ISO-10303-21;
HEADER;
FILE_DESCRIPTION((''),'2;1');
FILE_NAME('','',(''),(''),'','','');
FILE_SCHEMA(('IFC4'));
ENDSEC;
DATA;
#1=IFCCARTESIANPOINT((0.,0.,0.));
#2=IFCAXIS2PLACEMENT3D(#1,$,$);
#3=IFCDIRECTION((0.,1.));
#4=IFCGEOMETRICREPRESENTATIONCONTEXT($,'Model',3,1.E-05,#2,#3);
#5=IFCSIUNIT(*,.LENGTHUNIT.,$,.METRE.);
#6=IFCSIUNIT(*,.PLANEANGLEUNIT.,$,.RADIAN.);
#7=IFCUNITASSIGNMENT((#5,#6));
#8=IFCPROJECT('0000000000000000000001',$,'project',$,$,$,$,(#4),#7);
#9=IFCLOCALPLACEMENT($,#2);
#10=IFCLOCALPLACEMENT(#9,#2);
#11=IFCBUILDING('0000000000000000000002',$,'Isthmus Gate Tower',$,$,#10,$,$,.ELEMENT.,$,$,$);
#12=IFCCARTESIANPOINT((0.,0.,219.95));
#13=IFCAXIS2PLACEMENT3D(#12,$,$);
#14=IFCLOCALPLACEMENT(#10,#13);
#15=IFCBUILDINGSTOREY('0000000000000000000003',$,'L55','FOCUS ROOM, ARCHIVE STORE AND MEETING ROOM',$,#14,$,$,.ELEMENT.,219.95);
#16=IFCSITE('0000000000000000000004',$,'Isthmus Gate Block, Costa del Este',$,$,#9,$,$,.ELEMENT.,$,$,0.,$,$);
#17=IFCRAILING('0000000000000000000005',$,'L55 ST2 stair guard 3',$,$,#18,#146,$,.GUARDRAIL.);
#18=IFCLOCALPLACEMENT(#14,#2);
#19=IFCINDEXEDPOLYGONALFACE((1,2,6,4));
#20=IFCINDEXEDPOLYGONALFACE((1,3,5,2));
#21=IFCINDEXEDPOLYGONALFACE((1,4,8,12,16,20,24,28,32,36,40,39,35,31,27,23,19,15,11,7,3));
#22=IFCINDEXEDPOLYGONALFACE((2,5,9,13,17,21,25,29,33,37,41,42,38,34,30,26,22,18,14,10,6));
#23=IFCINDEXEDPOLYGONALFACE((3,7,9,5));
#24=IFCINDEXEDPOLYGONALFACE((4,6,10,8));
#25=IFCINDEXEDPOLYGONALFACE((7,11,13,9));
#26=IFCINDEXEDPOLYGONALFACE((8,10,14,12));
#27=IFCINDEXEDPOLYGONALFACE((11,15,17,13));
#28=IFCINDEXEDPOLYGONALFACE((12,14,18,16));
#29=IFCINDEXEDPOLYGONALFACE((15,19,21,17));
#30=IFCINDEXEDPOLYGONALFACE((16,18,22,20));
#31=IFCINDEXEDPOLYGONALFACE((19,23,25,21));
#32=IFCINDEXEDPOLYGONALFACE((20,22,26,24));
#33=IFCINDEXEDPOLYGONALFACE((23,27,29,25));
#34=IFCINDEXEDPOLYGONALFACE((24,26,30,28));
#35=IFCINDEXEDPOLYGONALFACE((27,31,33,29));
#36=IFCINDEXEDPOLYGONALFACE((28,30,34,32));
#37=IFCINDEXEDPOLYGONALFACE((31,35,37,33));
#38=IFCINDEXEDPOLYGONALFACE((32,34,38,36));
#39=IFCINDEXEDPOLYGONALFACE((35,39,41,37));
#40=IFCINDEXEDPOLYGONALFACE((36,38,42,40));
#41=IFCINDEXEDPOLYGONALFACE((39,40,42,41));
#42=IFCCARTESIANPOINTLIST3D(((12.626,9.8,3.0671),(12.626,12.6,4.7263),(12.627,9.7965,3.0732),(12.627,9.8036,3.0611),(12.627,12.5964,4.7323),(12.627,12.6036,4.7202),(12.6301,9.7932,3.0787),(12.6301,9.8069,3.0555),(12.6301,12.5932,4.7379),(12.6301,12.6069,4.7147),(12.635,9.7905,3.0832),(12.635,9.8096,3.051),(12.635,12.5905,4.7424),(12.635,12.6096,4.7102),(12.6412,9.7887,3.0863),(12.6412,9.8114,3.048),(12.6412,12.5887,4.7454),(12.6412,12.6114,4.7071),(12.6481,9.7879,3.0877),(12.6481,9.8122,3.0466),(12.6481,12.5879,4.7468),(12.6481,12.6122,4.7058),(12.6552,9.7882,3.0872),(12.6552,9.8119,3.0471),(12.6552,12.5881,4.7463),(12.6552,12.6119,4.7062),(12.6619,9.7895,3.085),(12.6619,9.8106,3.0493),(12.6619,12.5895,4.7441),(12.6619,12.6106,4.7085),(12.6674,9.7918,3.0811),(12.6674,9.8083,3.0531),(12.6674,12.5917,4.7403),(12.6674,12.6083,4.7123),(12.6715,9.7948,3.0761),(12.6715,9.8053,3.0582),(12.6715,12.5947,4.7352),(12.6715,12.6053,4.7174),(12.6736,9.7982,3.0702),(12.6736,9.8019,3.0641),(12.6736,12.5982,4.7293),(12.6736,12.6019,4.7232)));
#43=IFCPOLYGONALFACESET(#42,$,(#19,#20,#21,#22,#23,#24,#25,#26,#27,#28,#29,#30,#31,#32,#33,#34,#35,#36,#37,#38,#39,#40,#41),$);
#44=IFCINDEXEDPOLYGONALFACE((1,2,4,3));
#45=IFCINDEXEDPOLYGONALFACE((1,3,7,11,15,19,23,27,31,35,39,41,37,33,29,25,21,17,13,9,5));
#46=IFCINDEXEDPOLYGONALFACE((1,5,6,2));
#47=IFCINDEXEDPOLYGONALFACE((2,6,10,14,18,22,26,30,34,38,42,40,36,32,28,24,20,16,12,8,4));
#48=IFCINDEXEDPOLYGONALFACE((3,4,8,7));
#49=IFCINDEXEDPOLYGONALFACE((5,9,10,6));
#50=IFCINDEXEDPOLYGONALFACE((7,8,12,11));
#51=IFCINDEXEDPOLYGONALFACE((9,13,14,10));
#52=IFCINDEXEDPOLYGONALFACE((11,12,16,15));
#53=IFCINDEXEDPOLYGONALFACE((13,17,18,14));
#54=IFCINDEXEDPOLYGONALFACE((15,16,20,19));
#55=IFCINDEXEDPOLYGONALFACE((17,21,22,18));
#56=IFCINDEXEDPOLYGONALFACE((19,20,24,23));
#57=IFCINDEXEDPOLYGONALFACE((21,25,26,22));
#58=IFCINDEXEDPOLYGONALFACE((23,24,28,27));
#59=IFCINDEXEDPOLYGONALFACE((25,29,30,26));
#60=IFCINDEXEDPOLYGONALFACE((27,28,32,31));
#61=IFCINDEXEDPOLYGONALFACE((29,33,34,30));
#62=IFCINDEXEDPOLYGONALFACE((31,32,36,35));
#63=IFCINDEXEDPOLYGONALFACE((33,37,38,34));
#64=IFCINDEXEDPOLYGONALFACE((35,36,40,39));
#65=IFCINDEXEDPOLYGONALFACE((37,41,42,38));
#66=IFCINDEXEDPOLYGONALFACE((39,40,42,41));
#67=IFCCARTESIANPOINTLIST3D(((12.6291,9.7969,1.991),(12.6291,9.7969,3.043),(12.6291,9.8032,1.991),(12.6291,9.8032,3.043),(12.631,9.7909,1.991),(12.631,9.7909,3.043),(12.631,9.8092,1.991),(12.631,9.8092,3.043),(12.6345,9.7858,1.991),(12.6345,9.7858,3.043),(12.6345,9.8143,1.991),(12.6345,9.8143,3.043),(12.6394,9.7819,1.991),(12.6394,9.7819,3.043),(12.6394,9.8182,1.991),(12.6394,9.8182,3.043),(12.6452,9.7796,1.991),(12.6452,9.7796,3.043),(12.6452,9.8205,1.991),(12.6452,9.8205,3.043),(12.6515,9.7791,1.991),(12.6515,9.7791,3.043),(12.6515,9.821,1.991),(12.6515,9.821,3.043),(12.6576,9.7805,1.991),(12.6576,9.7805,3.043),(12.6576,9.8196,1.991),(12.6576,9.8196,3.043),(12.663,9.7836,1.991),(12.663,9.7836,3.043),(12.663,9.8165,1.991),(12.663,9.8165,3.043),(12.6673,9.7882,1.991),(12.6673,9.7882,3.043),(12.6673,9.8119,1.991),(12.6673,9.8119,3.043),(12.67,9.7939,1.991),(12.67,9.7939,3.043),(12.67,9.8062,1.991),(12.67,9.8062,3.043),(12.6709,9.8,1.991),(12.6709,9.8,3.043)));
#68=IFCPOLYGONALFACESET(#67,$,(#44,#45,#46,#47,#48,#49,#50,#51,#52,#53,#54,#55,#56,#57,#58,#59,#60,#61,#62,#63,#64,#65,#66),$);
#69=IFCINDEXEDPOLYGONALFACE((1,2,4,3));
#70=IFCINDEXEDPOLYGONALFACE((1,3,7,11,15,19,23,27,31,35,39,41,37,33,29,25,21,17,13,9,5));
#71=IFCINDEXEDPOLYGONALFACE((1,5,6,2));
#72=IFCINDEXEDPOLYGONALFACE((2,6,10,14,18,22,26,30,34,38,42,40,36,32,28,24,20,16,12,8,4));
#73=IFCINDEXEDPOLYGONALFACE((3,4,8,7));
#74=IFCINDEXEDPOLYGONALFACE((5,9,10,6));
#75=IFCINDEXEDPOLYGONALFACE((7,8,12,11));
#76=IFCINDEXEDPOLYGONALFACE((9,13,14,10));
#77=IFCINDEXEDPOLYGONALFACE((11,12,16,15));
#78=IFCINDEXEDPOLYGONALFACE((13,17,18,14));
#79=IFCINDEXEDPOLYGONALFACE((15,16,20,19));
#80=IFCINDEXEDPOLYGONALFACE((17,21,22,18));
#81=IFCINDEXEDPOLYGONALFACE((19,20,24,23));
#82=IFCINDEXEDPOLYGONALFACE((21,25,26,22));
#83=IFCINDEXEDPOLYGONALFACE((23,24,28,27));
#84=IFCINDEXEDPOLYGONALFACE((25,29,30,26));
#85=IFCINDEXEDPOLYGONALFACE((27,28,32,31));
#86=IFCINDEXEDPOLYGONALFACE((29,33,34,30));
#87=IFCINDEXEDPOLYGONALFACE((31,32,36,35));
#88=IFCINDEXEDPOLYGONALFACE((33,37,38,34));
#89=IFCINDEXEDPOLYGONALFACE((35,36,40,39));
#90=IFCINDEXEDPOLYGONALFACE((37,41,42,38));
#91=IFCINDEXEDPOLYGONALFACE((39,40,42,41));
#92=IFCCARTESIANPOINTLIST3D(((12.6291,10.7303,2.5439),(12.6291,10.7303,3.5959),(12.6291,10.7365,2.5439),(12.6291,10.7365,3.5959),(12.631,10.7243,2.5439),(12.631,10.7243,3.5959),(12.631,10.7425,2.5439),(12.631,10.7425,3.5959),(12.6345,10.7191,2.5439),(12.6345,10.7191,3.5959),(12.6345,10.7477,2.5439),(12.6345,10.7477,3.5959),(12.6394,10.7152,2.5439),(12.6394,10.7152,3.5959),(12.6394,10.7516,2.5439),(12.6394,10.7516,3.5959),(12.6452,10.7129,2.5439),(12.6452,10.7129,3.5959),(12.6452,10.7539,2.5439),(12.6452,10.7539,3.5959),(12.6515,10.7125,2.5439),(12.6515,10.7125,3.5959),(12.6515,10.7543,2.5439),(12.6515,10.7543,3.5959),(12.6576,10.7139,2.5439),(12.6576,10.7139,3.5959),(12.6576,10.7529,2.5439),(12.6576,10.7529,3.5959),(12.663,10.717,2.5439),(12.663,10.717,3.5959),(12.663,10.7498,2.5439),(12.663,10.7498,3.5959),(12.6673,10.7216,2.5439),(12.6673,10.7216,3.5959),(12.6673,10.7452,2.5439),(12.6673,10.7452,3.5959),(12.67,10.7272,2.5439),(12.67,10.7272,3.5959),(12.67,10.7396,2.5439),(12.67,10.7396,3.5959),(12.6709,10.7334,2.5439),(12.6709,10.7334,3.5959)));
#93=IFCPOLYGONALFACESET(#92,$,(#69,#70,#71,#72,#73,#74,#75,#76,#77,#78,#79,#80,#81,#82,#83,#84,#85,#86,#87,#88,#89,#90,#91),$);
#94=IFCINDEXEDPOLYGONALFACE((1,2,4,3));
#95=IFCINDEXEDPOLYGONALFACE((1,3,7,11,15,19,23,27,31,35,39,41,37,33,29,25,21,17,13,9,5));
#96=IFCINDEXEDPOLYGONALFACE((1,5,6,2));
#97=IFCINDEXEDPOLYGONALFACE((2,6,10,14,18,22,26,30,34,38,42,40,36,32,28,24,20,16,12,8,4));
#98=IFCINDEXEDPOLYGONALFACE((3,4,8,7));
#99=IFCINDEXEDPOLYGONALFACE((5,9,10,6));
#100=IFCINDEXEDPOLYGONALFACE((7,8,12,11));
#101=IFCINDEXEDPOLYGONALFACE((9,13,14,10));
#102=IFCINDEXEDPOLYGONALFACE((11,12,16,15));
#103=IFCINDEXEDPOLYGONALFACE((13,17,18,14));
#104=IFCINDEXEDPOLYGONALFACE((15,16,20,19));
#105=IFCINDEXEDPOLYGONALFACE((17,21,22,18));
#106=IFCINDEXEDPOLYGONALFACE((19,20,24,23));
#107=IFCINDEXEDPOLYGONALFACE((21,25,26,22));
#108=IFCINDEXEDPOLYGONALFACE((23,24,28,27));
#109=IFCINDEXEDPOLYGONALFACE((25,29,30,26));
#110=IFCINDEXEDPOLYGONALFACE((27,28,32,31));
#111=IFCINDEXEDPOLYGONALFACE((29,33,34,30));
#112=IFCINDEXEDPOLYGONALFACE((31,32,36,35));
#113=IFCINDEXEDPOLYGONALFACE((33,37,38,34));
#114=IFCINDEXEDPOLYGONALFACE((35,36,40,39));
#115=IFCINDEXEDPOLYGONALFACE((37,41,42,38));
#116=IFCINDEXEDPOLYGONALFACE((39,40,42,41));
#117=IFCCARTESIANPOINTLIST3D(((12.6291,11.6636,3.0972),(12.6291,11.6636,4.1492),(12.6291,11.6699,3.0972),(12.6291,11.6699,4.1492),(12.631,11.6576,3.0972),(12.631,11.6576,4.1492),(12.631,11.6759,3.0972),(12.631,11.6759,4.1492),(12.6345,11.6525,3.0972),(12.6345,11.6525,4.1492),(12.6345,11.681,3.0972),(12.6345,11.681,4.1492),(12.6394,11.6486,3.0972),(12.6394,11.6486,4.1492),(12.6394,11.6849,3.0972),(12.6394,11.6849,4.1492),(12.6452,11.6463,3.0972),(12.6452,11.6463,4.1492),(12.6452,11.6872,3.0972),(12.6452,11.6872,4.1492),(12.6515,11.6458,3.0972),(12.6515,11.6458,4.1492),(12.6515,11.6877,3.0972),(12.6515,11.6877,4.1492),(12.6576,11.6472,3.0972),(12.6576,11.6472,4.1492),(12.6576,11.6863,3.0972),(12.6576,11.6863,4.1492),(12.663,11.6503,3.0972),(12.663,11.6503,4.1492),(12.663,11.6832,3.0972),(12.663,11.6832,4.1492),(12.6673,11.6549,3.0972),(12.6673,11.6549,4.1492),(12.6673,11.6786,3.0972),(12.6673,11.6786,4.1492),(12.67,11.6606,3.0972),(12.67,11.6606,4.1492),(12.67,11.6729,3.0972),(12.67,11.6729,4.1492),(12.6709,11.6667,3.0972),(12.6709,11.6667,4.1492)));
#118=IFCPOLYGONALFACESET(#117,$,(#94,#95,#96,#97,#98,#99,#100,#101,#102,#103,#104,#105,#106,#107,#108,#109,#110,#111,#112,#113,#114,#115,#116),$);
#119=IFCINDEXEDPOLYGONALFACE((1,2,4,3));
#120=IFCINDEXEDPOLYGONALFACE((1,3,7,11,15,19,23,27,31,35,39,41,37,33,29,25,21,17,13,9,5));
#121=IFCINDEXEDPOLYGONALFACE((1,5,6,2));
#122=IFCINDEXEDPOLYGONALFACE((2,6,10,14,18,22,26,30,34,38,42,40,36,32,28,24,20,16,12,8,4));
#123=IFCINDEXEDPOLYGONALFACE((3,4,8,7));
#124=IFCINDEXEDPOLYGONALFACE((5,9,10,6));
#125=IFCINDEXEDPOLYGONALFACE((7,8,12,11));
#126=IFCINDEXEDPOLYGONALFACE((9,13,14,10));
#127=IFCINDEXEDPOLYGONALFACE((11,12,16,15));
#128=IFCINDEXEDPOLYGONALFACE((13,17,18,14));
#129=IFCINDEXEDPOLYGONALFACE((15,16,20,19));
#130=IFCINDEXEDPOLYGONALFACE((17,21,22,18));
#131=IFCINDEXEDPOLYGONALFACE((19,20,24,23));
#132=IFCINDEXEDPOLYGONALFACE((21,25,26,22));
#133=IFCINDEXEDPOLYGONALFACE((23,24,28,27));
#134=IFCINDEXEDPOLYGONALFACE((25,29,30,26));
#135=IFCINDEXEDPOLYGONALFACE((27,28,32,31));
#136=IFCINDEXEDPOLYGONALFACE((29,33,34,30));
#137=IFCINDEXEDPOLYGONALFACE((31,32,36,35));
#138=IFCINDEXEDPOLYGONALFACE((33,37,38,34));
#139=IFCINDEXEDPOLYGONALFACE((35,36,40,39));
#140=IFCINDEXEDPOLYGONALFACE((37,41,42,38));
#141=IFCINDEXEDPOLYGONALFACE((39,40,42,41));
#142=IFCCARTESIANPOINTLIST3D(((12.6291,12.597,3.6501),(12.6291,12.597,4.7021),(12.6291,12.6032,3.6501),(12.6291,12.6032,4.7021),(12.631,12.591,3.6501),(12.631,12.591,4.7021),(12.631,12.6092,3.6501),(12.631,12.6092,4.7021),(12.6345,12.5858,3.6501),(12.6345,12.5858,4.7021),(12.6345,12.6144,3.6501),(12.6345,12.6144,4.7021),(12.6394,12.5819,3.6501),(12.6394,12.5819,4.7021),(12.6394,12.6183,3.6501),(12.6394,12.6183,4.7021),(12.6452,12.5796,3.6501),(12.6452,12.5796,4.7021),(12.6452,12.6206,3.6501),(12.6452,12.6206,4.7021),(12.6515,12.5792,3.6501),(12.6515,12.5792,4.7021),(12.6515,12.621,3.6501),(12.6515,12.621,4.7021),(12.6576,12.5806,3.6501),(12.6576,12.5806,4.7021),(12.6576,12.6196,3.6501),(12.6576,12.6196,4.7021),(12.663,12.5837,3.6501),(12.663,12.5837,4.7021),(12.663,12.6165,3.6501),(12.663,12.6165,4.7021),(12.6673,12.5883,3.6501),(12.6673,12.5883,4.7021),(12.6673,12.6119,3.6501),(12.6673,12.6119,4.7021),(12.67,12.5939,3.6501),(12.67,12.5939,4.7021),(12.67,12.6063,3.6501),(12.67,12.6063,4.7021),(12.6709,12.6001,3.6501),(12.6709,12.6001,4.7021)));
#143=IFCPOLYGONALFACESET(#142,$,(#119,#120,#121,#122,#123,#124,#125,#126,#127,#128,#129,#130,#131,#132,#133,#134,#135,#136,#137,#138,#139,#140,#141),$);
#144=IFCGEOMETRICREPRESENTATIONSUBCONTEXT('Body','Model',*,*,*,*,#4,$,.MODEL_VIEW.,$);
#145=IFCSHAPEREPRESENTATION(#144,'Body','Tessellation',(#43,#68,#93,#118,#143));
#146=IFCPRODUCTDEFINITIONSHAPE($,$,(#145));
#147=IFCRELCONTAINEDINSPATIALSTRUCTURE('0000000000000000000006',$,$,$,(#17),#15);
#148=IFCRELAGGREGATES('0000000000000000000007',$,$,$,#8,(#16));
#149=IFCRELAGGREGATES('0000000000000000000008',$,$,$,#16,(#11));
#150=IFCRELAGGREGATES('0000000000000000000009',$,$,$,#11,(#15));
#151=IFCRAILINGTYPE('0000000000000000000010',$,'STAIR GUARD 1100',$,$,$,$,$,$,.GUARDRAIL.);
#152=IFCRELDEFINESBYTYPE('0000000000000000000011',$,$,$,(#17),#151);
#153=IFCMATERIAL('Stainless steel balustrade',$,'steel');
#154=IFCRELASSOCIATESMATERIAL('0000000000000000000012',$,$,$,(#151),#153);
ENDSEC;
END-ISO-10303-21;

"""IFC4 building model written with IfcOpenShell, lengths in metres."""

from ifc_helpers import new_model, si_unit, direction, frame, origin, origin_2d, place, context, subcontext, project, spatial, circle, extrude, material, type_object, element, save


model = new_model("IFC4")

# Units and contexts
model_context = context("Model", 3, precision=1e-05, world=origin(), true_north=direction((0.0, 1.0)))
body_context = subcontext(model_context, "Body", "Model", "MODEL_VIEW")
ifc_project = project(units=[si_unit("LENGTHUNIT", "METRE"), si_unit("PLANEANGLEUNIT", "RADIAN")], contexts=[model_context])

# Site, building, storey
site_placement = place(None, origin())
site = spatial("IfcSite", under=ifc_project, at=site_placement, Name="Isthmus Gate Block, Costa del Este", CompositionType="ELEMENT", RefElevation=0.0)
building_placement = place(site_placement, origin())
building = spatial("IfcBuilding", under=site, at=building_placement, Name="Isthmus Gate Tower", CompositionType="ELEMENT")
storey_placement = place(building_placement, frame((0.0, 0.0, 219.95)))
storey = spatial("IfcBuildingStorey", under=building, at=storey_placement, Name="L55", Description="FOCUS ROOM, ARCHIVE STORE AND MEETING ROOM", CompositionType="ELEMENT", Elevation=219.95)

# Railing
ifc_material_1 = material(Name="Stainless steel balustrade", Category="steel")
railing_type_1 = type_object("IfcRailingType", Name="STAIR GUARD 1100", PredefinedType="GUARDRAIL", material=ifc_material_1)
railing_1_placement = place(storey_placement, frame((12.6499, 9.8, 1.991)))
element("IfcRailing", 1, at=railing_1_placement, inside=storey, type_object=railing_type_1, Name="L55 ST2 stair guard 3", PredefinedType="GUARDRAIL", context=body_context, shape_type="SweptSolid", body=[
    extrude(circle(Radius=0.0239, at=origin_2d()), frame((0.0, 0.0, 1.0762), z_axis=(0.0, 0.860306, 0.509778), x_axis=(-1.0, 0.0, 0.0)), (0.0, 0.0, 1.0), 3.2546),
    extrude(circle(Radius=0.021, at=origin_2d()), origin(), (0.0, 0.0, 1.0), 1.052),
    extrude(circle(Radius=0.021, at=origin_2d()), frame((0.0, 0.9333, 0.553)), (0.0, 0.0, 1.0), 1.052),
    extrude(circle(Radius=0.021, at=origin_2d()), frame((0.0, 1.8667, 1.1062)), (0.0, 0.0, 1.0), 1.052),
    extrude(circle(Radius=0.021, at=origin_2d()), frame((0.0, 2.8, 1.6592)), (0.0, 0.0, 1.0), 1.052),
])

save(model, "model.ifc")
